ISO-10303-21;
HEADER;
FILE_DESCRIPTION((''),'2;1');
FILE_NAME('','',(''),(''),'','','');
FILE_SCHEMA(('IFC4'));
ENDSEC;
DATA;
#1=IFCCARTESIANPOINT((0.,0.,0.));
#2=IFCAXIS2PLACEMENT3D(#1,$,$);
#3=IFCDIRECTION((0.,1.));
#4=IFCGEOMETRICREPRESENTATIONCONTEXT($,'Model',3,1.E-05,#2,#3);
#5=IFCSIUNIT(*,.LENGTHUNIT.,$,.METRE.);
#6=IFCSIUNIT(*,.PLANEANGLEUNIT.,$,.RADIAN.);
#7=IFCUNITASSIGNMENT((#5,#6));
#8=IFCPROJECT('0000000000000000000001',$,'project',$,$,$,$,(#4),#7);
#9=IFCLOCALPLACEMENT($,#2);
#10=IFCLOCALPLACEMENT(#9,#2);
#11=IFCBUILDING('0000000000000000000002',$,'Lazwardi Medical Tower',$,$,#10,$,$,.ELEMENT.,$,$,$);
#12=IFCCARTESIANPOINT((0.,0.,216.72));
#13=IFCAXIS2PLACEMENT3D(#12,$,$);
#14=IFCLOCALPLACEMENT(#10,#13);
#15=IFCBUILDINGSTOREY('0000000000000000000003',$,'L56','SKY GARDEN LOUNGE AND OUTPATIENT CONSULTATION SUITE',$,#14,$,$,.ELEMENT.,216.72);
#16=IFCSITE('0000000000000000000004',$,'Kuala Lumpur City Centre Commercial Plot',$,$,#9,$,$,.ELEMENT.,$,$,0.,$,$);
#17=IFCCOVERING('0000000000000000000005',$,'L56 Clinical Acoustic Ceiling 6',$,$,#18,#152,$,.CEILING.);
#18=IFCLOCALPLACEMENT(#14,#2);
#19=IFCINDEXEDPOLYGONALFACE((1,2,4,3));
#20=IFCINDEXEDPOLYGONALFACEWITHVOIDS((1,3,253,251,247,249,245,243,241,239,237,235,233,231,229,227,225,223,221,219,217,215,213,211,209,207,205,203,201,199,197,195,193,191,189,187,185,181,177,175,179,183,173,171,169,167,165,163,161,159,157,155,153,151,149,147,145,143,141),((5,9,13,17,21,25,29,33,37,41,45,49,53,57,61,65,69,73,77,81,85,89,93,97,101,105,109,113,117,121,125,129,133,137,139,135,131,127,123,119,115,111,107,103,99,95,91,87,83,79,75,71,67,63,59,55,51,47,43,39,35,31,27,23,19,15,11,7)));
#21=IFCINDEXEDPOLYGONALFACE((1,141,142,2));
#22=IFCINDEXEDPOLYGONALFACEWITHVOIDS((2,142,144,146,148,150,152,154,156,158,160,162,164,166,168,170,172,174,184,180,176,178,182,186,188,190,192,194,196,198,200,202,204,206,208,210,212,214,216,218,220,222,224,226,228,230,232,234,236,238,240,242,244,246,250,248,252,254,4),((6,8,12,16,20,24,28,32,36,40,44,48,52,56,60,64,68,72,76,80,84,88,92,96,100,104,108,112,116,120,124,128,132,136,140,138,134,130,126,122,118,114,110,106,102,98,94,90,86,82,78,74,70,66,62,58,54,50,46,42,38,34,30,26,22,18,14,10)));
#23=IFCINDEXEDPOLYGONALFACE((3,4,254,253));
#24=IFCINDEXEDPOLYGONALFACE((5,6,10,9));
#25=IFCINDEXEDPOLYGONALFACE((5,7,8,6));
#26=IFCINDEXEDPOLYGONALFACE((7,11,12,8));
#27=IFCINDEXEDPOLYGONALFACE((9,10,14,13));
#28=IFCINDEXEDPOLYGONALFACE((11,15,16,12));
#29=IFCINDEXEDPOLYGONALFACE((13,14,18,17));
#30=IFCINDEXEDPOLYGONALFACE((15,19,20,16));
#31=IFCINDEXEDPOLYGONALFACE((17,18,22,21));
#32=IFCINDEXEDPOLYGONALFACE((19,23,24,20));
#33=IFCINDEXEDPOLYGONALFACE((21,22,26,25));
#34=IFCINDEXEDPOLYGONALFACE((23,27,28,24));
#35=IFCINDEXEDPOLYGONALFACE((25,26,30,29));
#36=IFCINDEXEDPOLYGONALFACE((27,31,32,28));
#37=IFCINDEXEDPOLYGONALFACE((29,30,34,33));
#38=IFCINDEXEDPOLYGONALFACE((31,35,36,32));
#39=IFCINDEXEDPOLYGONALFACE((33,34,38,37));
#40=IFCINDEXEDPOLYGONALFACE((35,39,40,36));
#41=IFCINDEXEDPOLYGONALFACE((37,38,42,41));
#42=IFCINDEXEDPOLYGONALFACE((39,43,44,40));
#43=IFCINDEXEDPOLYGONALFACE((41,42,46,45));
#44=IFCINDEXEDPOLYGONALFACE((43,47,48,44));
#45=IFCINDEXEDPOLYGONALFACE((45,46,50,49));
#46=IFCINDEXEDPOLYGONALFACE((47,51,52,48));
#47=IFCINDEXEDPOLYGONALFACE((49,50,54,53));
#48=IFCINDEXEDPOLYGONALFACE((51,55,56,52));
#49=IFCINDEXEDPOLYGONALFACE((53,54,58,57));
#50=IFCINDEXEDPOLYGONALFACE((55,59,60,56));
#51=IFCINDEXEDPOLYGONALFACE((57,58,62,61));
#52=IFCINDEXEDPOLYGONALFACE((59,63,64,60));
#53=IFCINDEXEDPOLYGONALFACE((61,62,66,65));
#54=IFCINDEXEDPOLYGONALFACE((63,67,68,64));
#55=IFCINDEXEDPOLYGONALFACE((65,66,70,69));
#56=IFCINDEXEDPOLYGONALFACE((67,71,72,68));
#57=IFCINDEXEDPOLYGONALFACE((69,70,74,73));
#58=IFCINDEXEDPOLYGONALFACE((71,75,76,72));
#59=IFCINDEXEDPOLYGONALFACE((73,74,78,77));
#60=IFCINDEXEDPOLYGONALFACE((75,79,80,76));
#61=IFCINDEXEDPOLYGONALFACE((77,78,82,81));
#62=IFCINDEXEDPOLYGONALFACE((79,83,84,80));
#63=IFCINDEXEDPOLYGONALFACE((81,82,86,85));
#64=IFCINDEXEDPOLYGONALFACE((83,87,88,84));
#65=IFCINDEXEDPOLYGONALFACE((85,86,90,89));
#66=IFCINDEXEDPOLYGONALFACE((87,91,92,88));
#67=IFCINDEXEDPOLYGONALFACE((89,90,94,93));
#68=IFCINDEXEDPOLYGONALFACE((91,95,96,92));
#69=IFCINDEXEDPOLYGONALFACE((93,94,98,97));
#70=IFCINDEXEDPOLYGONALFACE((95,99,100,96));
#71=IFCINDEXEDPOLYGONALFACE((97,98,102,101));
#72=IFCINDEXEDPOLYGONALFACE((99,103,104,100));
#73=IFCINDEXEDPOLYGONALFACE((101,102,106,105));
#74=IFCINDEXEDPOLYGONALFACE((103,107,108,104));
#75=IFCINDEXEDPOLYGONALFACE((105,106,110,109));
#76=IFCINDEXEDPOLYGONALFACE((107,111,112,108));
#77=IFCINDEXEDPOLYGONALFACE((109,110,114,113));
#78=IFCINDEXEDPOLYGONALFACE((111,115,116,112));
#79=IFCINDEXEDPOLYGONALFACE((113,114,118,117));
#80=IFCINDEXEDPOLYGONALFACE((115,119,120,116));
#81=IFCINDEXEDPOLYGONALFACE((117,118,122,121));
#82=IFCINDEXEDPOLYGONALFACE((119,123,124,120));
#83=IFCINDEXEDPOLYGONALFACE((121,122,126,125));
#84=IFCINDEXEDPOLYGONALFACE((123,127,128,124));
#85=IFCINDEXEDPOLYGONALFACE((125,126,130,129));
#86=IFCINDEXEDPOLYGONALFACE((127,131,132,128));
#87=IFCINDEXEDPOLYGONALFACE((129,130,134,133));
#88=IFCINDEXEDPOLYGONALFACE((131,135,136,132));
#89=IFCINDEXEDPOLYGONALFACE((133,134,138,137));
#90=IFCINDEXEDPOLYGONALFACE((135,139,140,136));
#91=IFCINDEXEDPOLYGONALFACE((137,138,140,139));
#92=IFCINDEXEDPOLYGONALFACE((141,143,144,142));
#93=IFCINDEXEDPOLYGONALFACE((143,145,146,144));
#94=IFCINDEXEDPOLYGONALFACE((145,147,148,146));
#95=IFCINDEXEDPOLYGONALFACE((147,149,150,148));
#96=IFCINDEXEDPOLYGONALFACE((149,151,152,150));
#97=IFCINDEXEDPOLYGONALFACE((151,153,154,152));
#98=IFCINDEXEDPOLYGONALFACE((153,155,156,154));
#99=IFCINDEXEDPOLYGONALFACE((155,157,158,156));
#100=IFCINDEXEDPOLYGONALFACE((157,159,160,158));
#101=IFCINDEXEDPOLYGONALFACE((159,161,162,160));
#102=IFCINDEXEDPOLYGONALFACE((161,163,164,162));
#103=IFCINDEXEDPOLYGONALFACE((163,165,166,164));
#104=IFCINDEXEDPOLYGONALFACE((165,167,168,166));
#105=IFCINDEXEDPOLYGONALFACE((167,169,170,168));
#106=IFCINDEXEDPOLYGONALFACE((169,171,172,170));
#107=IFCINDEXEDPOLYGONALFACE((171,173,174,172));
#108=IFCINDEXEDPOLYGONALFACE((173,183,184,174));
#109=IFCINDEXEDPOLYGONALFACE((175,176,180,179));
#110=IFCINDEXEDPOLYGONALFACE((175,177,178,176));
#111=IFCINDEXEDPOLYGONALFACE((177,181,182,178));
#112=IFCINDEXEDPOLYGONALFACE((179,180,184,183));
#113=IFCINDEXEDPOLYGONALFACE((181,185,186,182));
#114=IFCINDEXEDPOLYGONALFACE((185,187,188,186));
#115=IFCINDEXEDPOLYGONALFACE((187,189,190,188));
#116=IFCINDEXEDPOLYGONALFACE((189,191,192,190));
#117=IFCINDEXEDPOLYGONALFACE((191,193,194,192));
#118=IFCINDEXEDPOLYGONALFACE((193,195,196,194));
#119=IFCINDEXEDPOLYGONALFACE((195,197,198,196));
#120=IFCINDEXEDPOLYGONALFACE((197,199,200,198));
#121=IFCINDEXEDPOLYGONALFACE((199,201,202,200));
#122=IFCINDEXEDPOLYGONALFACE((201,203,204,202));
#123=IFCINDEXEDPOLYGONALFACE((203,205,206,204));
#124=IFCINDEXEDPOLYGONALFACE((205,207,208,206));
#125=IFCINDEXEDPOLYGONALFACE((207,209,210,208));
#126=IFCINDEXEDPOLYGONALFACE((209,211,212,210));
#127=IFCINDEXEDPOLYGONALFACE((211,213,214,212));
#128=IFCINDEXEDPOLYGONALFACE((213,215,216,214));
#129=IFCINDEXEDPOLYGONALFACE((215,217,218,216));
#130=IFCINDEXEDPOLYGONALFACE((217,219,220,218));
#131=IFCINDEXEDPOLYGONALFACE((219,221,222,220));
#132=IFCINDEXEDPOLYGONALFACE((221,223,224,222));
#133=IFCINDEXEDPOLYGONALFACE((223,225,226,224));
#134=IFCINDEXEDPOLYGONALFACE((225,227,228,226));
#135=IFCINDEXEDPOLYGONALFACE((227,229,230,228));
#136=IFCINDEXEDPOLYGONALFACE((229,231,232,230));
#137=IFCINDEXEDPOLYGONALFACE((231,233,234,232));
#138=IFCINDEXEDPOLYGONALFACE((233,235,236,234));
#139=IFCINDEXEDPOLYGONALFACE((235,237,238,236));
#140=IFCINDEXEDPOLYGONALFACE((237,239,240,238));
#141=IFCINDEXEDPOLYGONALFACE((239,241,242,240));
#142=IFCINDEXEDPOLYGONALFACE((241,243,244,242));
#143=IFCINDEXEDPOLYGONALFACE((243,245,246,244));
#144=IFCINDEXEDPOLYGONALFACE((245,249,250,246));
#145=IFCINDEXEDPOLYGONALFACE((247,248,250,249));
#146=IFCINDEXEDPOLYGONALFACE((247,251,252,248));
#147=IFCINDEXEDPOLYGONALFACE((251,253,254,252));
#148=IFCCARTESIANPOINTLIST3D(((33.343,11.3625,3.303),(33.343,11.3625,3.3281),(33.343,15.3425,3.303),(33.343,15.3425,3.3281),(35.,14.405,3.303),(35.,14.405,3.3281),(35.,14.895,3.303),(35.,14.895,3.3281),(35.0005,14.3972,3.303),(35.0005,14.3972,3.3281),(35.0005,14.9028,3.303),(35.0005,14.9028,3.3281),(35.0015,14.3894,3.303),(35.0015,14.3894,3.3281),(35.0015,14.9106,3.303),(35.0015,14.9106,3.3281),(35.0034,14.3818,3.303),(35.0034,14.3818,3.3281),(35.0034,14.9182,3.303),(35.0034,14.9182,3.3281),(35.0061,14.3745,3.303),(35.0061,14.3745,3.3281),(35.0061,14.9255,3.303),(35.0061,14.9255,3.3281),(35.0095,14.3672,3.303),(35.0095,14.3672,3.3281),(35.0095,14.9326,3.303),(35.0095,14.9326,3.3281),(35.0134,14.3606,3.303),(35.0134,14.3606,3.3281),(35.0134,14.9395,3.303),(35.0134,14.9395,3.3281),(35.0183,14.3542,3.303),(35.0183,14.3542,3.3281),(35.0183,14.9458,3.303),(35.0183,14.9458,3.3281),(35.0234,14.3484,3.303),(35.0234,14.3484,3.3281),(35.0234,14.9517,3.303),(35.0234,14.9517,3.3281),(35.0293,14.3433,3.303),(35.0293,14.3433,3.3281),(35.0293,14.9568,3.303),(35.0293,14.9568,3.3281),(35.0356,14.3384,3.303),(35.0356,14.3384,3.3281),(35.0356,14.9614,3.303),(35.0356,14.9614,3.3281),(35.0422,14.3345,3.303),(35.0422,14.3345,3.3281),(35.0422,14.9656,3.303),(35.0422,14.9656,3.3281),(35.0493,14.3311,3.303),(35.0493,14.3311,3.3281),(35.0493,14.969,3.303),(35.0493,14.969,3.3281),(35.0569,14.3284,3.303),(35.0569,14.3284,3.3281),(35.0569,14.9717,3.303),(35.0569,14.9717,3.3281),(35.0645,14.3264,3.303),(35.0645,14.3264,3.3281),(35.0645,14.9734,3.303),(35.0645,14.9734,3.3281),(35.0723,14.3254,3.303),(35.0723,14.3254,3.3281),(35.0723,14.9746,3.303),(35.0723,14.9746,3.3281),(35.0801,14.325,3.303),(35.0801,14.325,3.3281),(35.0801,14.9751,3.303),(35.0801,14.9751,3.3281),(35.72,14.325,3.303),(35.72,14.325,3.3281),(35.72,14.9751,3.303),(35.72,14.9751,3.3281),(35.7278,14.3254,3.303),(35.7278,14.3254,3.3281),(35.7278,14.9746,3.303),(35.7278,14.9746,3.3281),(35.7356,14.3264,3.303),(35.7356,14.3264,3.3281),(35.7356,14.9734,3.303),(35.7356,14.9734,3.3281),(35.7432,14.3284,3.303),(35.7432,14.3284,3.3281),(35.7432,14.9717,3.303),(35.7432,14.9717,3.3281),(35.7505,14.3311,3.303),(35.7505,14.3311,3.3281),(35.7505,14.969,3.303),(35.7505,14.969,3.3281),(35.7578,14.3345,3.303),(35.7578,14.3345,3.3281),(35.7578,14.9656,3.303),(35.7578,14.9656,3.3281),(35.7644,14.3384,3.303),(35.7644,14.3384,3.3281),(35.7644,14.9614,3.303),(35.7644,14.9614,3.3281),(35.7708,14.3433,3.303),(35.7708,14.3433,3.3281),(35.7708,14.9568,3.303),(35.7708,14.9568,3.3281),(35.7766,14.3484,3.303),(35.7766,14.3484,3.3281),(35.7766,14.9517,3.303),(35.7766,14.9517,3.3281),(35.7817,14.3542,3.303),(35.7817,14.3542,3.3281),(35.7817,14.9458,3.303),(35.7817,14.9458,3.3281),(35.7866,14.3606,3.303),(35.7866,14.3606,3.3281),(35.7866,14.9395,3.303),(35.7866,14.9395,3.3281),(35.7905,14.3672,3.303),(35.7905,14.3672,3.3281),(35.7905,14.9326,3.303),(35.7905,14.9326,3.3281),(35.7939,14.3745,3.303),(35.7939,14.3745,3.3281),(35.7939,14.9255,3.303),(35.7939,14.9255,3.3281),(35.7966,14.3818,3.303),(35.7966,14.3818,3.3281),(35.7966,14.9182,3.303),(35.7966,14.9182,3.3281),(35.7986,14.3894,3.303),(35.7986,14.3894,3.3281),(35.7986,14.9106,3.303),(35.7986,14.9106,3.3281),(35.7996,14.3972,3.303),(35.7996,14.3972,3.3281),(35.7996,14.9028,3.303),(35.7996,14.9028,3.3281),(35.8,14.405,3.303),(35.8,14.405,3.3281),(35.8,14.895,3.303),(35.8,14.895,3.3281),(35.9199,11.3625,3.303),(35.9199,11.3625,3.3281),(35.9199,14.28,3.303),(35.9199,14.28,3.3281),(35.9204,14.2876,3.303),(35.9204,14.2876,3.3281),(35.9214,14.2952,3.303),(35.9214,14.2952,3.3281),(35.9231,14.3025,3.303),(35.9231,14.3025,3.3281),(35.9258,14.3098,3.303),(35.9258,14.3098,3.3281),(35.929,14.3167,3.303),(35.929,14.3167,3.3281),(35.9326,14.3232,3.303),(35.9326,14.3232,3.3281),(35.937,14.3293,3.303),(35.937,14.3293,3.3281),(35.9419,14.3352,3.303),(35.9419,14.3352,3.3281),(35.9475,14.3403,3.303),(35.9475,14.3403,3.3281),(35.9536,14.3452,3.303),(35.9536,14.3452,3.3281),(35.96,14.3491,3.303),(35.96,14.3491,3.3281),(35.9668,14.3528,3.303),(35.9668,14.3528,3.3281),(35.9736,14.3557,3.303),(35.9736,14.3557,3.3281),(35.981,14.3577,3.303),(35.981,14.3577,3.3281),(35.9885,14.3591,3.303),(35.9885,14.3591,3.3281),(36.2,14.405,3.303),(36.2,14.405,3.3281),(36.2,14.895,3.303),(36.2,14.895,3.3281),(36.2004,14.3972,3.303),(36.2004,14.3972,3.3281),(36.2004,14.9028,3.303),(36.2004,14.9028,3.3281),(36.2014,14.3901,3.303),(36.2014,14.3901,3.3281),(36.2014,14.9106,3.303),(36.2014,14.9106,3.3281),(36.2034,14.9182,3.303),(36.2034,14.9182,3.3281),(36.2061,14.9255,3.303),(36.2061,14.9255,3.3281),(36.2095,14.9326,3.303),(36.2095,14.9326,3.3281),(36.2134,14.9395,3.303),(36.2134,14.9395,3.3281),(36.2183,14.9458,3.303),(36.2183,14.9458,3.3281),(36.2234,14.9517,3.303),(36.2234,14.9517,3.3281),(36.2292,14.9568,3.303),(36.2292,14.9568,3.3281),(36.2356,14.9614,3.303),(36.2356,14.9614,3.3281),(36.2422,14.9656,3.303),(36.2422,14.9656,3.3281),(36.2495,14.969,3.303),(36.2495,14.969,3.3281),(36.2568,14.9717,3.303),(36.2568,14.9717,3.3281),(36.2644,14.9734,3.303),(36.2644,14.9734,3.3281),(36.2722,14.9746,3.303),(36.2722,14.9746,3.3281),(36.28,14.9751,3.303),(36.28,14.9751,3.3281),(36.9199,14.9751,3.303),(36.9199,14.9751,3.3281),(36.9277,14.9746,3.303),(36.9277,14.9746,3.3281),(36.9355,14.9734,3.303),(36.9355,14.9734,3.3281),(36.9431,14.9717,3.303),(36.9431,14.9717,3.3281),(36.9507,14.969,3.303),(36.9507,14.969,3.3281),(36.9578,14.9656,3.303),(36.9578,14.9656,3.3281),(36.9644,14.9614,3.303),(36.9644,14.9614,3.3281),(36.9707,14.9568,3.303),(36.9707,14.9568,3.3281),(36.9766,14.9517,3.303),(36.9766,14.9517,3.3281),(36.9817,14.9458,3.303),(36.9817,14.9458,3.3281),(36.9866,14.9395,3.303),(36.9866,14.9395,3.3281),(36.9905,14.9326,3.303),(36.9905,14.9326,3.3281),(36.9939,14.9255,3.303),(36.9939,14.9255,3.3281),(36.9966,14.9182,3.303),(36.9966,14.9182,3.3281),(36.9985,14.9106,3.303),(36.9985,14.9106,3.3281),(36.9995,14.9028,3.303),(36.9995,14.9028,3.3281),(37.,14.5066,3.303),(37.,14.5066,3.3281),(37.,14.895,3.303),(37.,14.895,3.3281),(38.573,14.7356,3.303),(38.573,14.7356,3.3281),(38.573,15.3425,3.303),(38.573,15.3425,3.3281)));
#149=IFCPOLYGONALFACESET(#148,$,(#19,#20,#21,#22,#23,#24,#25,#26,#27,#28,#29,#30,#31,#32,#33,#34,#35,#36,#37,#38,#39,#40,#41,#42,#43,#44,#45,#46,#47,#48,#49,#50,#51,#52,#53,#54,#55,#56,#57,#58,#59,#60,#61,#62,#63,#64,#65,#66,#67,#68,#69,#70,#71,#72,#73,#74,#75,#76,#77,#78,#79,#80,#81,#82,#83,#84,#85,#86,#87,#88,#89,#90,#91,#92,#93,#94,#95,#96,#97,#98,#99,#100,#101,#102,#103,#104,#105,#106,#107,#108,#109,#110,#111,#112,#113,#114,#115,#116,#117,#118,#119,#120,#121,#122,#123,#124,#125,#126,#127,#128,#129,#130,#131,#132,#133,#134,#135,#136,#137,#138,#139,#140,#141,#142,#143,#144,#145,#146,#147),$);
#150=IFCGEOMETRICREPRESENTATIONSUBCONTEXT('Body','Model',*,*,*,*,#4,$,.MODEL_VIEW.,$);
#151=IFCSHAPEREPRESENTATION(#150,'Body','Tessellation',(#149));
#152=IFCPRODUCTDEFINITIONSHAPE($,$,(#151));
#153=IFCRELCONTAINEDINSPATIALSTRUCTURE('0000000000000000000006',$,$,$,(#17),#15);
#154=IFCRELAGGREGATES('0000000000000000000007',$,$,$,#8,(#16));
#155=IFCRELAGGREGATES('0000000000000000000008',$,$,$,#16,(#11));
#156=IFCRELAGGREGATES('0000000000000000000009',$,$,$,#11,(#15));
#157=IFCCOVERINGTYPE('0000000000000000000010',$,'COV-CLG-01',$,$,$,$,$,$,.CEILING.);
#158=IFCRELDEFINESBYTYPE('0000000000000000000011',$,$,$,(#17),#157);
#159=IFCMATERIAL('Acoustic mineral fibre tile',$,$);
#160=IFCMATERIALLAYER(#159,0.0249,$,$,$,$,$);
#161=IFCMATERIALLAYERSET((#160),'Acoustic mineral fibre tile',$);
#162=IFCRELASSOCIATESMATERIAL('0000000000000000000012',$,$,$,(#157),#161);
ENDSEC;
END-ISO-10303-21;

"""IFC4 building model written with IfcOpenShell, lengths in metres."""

from ifc_helpers import new_model, si_unit, direction, frame, origin, place, context, subcontext, project, spatial, polyline, outline, extrude, material, layer, layer_set, type_object, element, save


model = new_model("IFC4")

# Units and contexts
model_context = context("Model", 3, precision=1e-05, world=origin(), true_north=direction((0.0, 1.0)))
body_context = subcontext(model_context, "Body", "Model", "MODEL_VIEW")
ifc_project = project(units=[si_unit("LENGTHUNIT", "METRE"), si_unit("PLANEANGLEUNIT", "RADIAN")], contexts=[model_context])

# Site, building, storey
site_placement = place(None, origin())
site = spatial("IfcSite", under=ifc_project, at=site_placement, Name="Kuala Lumpur City Centre Commercial Plot", CompositionType="ELEMENT", RefElevation=0.0)
building_placement = place(site_placement, origin())
building = spatial("IfcBuilding", under=site, at=building_placement, Name="Lazwardi Medical Tower", CompositionType="ELEMENT")
storey_placement = place(building_placement, frame((0.0, 0.0, 216.72)))
storey = spatial("IfcBuildingStorey", under=building, at=storey_placement, Name="L56", Description="SKY GARDEN LOUNGE AND OUTPATIENT CONSULTATION SUITE", CompositionType="ELEMENT", Elevation=216.72)

# Covering
ifc_material_1 = material(Name="Acoustic mineral fibre tile")
ifc_layer_1 = layer(ifc_material_1, 0.0249)
ifc_layer_set_1 = layer_set([ifc_layer_1], Name="Acoustic mineral fibre tile")
covering_type_1 = type_object("IfcCoveringType", Name="COV-CLG-01", PredefinedType="CEILING", material=ifc_layer_set_1)
covering_1_placement = place(storey_placement, frame((0.0, 0.0, 3.303)))
element("IfcCovering", 1, at=covering_1_placement, inside=storey, type_object=covering_type_1, Name="L56 Clinical Acoustic Ceiling 6", PredefinedType="CEILING", context=body_context, shape_type="SweptSolid", body=[
    extrude(outline(polyline([(35.9199, 11.3625), (35.9199, 14.28), (35.9204, 14.2876), (35.9214, 14.2952), (35.9231, 14.3025), (35.9258, 14.3098), (35.929, 14.3167), (35.9326, 14.3232), (35.937, 14.3293), (35.9419, 14.3352), (35.9475, 14.3403), (35.9536, 14.3452), (35.96, 14.3491), (35.9668, 14.3528), (35.9736, 14.3557), (35.981, 14.3577), (35.9885, 14.3591), (36.2014, 14.3901), (36.2004, 14.3972), (36.2, 14.405), (36.2, 14.895), (36.2004, 14.9028), (36.2014, 14.9106), (36.2034, 14.9182), (36.2061, 14.9255), (36.2095, 14.9326), (36.2134, 14.9395), (36.2183, 14.9458), (36.2234, 14.9517), (36.2292, 14.9568), (36.2356, 14.9614), (36.2422, 14.9656), (36.2495, 14.969), (36.2568, 14.9717), (36.2644, 14.9734), (36.2722, 14.9746), (36.28, 14.9751), (36.9199, 14.9751), (36.9277, 14.9746), (36.9355, 14.9734), (36.9431, 14.9717), (36.9507, 14.969), (36.9578, 14.9656), (36.9644, 14.9614), (36.9707, 14.9568), (36.9766, 14.9517), (36.9817, 14.9458), (36.9866, 14.9395), (36.9905, 14.9326), (36.9939, 14.9255), (36.9966, 14.9182), (36.9985, 14.9106), (36.9995, 14.9028), (37.0, 14.895), (37.0, 14.5066), (38.573, 14.7356), (38.573, 15.3425), (33.343, 15.3425), (33.343, 11.3625), (35.9199, 11.3625)]), holes=[polyline([(35.7432, 14.3284), (35.7356, 14.3264), (35.7278, 14.3254), (35.72, 14.325), (35.0801, 14.325), (35.0723, 14.3254), (35.0645, 14.3264), (35.0569, 14.3284), (35.0493, 14.3311), (35.0422, 14.3345), (35.0356, 14.3384), (35.0293, 14.3433), (35.0234, 14.3484), (35.0183, 14.3542), (35.0134, 14.3606), (35.0095, 14.3672), (35.0061, 14.3745), (35.0034, 14.3818), (35.0015, 14.3894), (35.0005, 14.3972), (35.0, 14.405), (35.0, 14.895), (35.0005, 14.9028), (35.0015, 14.9106), (35.0034, 14.9182), (35.0061, 14.9255), (35.0095, 14.9326), (35.0134, 14.9395), (35.0183, 14.9458), (35.0234, 14.9517), (35.0293, 14.9568), (35.0356, 14.9614), (35.0422, 14.9656), (35.0493, 14.969), (35.0569, 14.9717), (35.0645, 14.9734), (35.0723, 14.9746), (35.0801, 14.9751), (35.72, 14.9751), (35.7278, 14.9746), (35.7356, 14.9734), (35.7432, 14.9717), (35.7505, 14.969), (35.7578, 14.9656), (35.7644, 14.9614), (35.7708, 14.9568), (35.7766, 14.9517), (35.7817, 14.9458), (35.7866, 14.9395), (35.7905, 14.9326), (35.7939, 14.9255), (35.7966, 14.9182), (35.7986, 14.9106), (35.7996, 14.9028), (35.8, 14.895), (35.8, 14.405), (35.7996, 14.3972), (35.7986, 14.3894), (35.7966, 14.3818), (35.7939, 14.3745), (35.7905, 14.3672), (35.7866, 14.3606), (35.7817, 14.3542), (35.7766, 14.3484), (35.7708, 14.3433), (35.7644, 14.3384), (35.7578, 14.3345), (35.7505, 14.3311), (35.7432, 14.3284)])]), origin(), (0.0, 0.0, 1.0), 0.0251),
])

save(model, "model.ifc")
